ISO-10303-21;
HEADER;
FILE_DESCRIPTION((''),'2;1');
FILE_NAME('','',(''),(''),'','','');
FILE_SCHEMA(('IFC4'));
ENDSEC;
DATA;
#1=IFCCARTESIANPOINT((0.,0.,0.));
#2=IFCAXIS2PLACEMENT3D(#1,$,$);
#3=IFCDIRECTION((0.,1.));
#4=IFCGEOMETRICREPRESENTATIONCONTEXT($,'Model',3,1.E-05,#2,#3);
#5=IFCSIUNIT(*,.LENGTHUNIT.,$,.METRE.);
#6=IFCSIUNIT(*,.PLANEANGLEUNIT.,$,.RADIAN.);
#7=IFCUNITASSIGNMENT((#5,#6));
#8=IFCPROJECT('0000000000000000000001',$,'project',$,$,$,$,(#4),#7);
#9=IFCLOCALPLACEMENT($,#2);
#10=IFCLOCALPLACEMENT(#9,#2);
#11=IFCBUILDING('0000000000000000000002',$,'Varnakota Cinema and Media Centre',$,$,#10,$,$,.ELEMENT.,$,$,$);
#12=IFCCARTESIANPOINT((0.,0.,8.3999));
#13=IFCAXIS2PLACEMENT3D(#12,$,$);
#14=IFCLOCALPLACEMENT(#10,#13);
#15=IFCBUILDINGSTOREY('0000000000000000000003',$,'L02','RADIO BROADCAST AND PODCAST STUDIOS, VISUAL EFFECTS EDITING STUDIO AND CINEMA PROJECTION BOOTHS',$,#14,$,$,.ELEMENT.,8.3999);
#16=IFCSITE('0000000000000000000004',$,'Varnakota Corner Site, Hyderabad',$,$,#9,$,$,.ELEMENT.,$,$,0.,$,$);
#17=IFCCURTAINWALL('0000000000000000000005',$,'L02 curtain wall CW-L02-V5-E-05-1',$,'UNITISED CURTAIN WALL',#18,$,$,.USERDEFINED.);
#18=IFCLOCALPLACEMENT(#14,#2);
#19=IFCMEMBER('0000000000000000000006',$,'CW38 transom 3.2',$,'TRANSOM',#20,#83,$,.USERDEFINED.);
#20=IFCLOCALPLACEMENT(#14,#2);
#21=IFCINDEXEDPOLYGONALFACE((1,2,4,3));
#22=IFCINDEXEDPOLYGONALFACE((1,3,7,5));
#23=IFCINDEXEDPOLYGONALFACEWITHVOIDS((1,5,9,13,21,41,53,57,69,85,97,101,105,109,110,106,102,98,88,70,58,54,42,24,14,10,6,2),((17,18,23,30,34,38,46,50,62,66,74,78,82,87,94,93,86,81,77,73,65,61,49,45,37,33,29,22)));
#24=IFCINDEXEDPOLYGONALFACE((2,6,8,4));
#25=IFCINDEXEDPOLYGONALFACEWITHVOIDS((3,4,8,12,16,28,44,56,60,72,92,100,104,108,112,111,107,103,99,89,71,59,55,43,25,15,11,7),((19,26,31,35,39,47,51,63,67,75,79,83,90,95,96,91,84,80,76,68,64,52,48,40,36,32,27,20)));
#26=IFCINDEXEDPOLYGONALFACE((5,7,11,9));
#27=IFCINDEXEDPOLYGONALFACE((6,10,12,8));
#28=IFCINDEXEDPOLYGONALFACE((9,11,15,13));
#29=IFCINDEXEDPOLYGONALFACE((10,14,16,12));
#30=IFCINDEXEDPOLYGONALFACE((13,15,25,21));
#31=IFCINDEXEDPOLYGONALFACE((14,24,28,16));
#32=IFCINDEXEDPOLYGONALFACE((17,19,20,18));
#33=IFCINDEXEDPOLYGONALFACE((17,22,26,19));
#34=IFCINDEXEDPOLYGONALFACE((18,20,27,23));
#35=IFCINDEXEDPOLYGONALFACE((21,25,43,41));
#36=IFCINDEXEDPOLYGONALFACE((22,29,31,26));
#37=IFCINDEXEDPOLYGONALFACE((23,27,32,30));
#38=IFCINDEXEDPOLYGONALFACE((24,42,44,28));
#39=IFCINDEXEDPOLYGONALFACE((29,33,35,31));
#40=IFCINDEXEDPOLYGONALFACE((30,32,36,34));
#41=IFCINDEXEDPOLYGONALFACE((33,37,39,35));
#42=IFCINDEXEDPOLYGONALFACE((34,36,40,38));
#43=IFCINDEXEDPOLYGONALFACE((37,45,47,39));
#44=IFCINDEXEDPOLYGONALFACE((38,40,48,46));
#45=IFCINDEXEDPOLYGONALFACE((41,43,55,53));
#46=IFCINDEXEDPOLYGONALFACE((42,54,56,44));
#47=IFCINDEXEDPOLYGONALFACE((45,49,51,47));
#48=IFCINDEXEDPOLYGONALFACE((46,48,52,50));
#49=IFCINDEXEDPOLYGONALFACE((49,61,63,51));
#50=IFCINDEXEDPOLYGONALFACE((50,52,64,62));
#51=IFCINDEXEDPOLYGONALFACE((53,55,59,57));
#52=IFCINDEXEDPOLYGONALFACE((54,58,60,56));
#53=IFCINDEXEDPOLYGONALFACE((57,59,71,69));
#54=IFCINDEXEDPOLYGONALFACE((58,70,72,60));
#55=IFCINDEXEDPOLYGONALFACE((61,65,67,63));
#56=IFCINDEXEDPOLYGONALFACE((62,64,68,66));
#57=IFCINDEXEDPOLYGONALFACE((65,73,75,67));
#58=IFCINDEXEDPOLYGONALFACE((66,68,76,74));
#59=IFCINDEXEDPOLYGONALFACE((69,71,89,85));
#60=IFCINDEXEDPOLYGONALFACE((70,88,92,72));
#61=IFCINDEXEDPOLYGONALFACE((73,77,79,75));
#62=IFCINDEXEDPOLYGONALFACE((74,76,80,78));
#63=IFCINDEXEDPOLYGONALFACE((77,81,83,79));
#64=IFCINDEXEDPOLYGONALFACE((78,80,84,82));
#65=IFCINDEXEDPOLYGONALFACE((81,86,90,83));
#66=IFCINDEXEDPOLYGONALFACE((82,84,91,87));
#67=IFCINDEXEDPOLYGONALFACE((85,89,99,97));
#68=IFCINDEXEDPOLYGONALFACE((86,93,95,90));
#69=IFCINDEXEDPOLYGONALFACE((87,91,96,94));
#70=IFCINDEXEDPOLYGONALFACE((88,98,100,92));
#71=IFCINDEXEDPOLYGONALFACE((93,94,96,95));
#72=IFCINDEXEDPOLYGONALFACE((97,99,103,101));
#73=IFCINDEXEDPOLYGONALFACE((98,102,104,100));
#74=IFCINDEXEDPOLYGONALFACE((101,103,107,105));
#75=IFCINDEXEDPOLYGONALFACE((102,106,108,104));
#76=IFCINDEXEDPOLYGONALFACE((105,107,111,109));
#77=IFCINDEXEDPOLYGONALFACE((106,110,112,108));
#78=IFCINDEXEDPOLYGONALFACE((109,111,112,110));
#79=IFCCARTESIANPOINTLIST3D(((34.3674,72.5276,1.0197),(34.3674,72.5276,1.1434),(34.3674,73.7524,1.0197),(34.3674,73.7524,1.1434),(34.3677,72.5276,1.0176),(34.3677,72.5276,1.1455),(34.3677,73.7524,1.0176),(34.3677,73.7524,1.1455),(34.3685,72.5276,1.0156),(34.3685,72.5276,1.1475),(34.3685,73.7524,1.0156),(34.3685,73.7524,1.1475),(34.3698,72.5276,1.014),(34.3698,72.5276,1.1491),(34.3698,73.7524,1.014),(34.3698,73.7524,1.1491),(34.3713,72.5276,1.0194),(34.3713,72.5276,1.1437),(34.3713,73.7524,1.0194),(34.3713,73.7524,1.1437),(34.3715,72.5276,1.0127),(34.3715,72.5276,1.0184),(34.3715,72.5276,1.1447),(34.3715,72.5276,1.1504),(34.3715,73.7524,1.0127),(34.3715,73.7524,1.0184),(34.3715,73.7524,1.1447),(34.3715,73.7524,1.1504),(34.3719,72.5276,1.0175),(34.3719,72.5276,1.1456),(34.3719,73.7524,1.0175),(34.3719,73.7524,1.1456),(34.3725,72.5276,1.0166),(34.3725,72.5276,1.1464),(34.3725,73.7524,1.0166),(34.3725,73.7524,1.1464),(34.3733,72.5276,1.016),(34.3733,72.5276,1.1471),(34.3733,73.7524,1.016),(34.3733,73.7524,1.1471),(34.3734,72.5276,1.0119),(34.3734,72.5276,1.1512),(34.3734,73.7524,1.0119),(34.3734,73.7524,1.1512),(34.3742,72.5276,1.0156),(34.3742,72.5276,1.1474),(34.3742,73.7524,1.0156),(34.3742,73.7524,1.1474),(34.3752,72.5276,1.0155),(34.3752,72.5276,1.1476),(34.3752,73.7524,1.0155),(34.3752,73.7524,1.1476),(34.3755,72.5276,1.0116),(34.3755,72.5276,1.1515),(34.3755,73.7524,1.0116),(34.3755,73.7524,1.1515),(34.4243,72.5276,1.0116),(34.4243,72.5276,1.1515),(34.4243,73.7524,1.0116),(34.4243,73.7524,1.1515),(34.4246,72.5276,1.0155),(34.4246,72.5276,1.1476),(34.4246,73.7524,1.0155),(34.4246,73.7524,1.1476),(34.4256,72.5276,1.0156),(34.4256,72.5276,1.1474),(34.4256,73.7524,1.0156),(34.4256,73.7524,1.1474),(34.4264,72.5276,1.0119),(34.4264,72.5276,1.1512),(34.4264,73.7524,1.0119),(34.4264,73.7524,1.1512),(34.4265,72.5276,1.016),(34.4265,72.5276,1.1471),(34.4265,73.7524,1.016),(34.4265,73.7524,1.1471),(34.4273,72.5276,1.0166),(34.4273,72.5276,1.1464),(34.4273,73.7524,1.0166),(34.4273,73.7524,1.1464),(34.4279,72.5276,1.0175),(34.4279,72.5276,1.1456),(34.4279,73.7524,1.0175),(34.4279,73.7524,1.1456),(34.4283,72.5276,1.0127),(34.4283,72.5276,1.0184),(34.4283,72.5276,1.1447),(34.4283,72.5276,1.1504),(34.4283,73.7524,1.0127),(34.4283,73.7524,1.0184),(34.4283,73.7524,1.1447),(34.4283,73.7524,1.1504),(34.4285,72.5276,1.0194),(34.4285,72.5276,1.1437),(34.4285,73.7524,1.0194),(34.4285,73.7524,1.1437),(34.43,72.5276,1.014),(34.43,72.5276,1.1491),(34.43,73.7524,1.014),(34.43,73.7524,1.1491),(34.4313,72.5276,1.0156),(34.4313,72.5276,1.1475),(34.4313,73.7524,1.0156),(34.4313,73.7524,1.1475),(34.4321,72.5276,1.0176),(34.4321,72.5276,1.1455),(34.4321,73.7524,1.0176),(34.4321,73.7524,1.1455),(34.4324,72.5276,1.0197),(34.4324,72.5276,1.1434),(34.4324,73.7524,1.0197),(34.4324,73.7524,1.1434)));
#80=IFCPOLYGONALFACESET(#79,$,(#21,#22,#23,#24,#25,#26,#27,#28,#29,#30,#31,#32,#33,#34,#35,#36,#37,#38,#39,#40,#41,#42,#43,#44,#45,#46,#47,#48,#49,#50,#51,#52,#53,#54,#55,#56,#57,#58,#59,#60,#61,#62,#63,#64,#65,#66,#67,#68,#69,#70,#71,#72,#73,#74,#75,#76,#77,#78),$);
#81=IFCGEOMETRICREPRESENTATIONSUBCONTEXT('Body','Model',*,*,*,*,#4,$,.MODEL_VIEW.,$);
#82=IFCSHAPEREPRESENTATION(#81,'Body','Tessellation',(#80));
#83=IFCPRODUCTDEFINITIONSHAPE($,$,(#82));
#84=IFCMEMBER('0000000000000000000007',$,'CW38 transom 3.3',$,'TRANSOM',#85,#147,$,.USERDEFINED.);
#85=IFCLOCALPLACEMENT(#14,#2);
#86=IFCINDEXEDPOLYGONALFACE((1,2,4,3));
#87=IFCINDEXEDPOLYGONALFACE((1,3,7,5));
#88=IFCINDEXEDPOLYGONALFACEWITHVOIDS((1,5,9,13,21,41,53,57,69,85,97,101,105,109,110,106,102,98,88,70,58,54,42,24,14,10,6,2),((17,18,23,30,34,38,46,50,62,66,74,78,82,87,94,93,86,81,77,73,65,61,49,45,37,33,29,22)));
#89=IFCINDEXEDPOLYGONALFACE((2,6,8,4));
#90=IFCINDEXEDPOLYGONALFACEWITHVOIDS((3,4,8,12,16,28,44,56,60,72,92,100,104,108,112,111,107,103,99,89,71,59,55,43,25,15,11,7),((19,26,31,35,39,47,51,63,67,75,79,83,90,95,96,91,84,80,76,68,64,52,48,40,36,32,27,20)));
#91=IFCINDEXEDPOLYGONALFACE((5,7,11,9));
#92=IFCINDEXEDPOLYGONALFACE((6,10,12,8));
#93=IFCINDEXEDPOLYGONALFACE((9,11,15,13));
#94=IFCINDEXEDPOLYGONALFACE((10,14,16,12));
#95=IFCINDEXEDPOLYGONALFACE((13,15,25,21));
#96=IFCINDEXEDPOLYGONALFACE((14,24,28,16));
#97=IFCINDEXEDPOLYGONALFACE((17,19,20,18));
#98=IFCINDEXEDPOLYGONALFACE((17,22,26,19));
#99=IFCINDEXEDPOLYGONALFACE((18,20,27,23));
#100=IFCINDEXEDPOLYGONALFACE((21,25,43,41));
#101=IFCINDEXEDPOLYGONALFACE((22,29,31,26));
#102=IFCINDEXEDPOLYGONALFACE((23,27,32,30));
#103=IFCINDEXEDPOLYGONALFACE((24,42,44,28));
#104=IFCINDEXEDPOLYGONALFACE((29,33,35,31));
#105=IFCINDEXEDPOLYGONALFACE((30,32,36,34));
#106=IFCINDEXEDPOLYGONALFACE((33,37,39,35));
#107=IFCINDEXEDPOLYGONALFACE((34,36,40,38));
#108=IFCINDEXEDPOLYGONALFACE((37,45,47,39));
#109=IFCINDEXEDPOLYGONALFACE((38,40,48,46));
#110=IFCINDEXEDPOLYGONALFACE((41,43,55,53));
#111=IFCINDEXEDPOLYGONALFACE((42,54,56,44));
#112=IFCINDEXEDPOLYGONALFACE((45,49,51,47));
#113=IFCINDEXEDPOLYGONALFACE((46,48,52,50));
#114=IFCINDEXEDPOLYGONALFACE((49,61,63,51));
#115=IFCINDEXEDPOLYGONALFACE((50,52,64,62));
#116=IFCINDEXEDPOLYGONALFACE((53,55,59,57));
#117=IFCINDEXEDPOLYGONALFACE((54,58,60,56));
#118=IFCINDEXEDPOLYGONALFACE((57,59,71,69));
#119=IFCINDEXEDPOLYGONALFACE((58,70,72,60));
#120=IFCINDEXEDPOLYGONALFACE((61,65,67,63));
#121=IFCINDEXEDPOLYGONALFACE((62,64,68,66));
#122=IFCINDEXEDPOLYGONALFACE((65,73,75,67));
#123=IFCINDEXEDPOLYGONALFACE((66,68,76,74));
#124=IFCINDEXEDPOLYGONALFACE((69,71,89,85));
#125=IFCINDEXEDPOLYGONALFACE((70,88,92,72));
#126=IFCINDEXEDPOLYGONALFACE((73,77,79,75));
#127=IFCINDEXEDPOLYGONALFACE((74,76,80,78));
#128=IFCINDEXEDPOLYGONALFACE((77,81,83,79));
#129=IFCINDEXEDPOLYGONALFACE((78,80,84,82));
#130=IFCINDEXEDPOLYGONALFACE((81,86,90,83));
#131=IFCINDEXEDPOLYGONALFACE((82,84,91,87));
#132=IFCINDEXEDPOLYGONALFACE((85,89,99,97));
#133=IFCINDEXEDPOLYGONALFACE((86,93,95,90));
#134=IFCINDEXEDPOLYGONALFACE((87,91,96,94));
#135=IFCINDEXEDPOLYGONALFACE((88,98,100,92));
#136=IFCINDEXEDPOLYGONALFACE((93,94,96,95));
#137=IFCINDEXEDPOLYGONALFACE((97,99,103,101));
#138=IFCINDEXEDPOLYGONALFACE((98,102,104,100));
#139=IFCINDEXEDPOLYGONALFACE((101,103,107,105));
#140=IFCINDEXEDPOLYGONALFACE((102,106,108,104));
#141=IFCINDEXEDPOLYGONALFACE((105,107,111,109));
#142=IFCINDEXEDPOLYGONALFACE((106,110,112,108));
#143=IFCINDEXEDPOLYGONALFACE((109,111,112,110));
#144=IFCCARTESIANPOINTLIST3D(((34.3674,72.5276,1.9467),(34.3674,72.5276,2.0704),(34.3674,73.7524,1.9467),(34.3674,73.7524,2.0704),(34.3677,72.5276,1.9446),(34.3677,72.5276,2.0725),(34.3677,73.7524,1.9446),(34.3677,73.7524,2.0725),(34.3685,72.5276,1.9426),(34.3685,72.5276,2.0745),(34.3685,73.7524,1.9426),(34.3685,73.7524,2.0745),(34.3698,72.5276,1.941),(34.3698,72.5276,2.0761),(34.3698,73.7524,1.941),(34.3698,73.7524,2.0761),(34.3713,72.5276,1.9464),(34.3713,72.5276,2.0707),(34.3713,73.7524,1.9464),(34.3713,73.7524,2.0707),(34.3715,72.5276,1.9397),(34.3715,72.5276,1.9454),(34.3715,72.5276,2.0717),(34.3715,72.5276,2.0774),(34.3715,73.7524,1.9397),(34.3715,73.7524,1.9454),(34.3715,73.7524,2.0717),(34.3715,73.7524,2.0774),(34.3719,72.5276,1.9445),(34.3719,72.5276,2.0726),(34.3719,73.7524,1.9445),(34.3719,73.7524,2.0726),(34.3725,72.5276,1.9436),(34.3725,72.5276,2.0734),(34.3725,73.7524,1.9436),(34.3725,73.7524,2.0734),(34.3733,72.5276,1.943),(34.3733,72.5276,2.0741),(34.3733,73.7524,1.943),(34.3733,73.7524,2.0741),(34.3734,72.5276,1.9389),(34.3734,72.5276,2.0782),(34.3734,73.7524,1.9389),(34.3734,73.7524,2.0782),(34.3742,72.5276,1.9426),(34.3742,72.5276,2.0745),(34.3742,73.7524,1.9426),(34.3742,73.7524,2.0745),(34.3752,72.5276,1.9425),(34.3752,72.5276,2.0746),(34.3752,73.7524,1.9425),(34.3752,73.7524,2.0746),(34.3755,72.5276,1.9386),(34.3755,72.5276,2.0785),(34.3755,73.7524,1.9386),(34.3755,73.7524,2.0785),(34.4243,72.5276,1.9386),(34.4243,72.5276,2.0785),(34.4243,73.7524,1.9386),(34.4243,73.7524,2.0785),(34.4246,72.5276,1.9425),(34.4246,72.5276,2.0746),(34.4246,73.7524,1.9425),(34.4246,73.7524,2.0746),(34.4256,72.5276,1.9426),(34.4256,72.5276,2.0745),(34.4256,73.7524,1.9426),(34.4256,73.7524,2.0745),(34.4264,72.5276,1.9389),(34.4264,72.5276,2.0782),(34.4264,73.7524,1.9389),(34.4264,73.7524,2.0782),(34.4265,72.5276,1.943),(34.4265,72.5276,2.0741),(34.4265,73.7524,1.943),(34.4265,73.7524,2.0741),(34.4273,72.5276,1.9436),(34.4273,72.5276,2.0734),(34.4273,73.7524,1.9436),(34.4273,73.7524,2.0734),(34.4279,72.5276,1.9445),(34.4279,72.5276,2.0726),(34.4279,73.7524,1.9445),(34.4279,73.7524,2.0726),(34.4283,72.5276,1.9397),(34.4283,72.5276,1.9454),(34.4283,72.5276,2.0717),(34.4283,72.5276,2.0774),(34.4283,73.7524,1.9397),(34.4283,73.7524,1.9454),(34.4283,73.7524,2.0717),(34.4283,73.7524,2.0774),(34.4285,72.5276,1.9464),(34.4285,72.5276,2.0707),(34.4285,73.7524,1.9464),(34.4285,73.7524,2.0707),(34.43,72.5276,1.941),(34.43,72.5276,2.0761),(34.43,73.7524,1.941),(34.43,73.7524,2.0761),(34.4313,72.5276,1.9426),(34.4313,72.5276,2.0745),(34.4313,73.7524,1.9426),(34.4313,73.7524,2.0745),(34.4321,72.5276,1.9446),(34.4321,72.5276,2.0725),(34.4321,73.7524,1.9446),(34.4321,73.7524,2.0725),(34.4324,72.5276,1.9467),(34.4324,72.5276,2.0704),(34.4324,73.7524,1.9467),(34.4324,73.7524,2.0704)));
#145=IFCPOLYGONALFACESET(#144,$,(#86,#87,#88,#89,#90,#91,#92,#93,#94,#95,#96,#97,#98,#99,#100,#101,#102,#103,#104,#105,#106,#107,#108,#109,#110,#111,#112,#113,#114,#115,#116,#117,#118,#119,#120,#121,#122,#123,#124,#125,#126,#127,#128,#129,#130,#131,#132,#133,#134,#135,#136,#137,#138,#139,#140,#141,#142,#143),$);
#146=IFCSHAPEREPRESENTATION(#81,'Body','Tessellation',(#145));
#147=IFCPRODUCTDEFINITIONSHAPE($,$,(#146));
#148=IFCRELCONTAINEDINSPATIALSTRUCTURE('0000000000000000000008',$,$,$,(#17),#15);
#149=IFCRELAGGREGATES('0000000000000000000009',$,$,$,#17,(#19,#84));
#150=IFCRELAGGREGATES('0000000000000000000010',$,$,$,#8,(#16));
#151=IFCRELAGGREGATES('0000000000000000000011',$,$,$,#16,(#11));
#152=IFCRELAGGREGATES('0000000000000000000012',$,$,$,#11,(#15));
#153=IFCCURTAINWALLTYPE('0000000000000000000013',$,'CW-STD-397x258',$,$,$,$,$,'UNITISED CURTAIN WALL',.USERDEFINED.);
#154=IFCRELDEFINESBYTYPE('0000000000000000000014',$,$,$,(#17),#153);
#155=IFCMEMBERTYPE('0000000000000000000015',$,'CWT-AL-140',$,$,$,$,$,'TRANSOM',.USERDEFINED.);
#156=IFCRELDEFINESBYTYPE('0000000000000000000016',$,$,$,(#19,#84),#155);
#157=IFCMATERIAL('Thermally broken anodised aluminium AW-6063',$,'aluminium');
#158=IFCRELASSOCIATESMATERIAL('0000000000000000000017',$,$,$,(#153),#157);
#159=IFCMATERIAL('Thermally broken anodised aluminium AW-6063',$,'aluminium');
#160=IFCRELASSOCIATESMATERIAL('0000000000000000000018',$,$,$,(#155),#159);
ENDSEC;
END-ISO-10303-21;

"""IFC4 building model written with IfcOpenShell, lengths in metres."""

from ifc_helpers import new_model, si_unit, direction, frame, origin, origin_2d, place, context, subcontext, project, spatial, hollow_rectangle, extrude, material, material_profile, profile_set, type_object, element, aggregate, save


model = new_model("IFC4")

# Units and contexts
model_context = context("Model", 3, precision=1e-05, world=origin(), true_north=direction((0.0, 1.0)))
body_context = subcontext(model_context, "Body", "Model", "MODEL_VIEW")
ifc_project = project(units=[si_unit("LENGTHUNIT", "METRE"), si_unit("PLANEANGLEUNIT", "RADIAN")], contexts=[model_context])

# Site, building, storey
site_placement = place(None, origin())
site = spatial("IfcSite", under=ifc_project, at=site_placement, Name="Varnakota Corner Site, Hyderabad", CompositionType="ELEMENT", RefElevation=0.0)
building_placement = place(site_placement, origin())
building = spatial("IfcBuilding", under=site, at=building_placement, Name="Varnakota Cinema and Media Centre", CompositionType="ELEMENT")
storey_placement = place(building_placement, frame((0.0, 0.0, 8.3999)))
storey = spatial("IfcBuildingStorey", under=building, at=storey_placement, Name="L02", Description="RADIO BROADCAST AND PODCAST STUDIOS, VISUAL EFFECTS EDITING STUDIO AND CINEMA PROJECTION BOOTHS", CompositionType="ELEMENT", Elevation=8.3999)

# Curtain wall, members
ifc_material_1 = material(Name="Thermally broken anodised aluminium AW-6063", Category="aluminium")
curtain_wall_type = type_object("IfcCurtainWallType", Name="CW-STD-397x258", ElementType="UNITISED CURTAIN WALL", PredefinedType="USERDEFINED", material=ifc_material_1)
curtain_wall_placement = place(storey_placement, origin())
curtain_wall = element("IfcCurtainWall", 1, at=curtain_wall_placement, inside=storey, type_object=curtain_wall_type, Name="L02 curtain wall CW-L02-V5-E-05-1", ObjectType="UNITISED CURTAIN WALL", PredefinedType="USERDEFINED")
ifc_material_2 = material(Name="Thermally broken anodised aluminium AW-6063", Category="aluminium")
ifc_material_profile_1 = material_profile(ifc_material_2, hollow_rectangle(XDim=0.0649, YDim=0.1399, WallThickness=0.0039, InnerFilletRadius=0.0039, OuterFilletRadius=0.0081, at=origin_2d()), Name="AL-TRANSOM 140x65x4")
ifc_profile_set_1 = profile_set([ifc_material_profile_1], Name="Thermally broken anodised aluminium AW-6063")
member_type_1 = type_object("IfcMemberType", Name="CWT-AL-140", ElementType="TRANSOM", PredefinedType="USERDEFINED", material=ifc_profile_set_1)
member_1_placement = place(storey_placement, frame((34.3999, 72.5276, 1.0815), z_axis=(0.0, 1.0, 0.0), x_axis=(-1.0, 0.0, 0.0)))
member_1 = element("IfcMember", 2, at=member_1_placement, type_object=member_type_1, Name="CW38 transom 3.2", ObjectType="TRANSOM", PredefinedType="USERDEFINED", context=body_context, shape_type="SweptSolid", body=[
    extrude(hollow_rectangle(XDim=0.0649, YDim=0.1399, WallThickness=0.0039, InnerFilletRadius=0.0039, OuterFilletRadius=0.0081, at=origin_2d()), origin(), (0.0, 0.0, 1.0), 1.2249),
])
member_2_placement = place(storey_placement, frame((34.3999, 72.5276, 2.0085), z_axis=(0.0, 1.0, 0.0), x_axis=(-1.0, 0.0, 0.0)))
member_2 = element("IfcMember", 3, at=member_2_placement, type_object=member_type_1, Name="CW38 transom 3.3", ObjectType="TRANSOM", PredefinedType="USERDEFINED", context=body_context, shape_type="SweptSolid", body=[
    extrude(hollow_rectangle(XDim=0.0649, YDim=0.1399, WallThickness=0.0039, InnerFilletRadius=0.0039, OuterFilletRadius=0.0081, at=origin_2d()), origin(), (0.0, 0.0, 1.0), 1.2249),
])
aggregate(curtain_wall, [member_1, member_2])

save(model, "model.ifc")
